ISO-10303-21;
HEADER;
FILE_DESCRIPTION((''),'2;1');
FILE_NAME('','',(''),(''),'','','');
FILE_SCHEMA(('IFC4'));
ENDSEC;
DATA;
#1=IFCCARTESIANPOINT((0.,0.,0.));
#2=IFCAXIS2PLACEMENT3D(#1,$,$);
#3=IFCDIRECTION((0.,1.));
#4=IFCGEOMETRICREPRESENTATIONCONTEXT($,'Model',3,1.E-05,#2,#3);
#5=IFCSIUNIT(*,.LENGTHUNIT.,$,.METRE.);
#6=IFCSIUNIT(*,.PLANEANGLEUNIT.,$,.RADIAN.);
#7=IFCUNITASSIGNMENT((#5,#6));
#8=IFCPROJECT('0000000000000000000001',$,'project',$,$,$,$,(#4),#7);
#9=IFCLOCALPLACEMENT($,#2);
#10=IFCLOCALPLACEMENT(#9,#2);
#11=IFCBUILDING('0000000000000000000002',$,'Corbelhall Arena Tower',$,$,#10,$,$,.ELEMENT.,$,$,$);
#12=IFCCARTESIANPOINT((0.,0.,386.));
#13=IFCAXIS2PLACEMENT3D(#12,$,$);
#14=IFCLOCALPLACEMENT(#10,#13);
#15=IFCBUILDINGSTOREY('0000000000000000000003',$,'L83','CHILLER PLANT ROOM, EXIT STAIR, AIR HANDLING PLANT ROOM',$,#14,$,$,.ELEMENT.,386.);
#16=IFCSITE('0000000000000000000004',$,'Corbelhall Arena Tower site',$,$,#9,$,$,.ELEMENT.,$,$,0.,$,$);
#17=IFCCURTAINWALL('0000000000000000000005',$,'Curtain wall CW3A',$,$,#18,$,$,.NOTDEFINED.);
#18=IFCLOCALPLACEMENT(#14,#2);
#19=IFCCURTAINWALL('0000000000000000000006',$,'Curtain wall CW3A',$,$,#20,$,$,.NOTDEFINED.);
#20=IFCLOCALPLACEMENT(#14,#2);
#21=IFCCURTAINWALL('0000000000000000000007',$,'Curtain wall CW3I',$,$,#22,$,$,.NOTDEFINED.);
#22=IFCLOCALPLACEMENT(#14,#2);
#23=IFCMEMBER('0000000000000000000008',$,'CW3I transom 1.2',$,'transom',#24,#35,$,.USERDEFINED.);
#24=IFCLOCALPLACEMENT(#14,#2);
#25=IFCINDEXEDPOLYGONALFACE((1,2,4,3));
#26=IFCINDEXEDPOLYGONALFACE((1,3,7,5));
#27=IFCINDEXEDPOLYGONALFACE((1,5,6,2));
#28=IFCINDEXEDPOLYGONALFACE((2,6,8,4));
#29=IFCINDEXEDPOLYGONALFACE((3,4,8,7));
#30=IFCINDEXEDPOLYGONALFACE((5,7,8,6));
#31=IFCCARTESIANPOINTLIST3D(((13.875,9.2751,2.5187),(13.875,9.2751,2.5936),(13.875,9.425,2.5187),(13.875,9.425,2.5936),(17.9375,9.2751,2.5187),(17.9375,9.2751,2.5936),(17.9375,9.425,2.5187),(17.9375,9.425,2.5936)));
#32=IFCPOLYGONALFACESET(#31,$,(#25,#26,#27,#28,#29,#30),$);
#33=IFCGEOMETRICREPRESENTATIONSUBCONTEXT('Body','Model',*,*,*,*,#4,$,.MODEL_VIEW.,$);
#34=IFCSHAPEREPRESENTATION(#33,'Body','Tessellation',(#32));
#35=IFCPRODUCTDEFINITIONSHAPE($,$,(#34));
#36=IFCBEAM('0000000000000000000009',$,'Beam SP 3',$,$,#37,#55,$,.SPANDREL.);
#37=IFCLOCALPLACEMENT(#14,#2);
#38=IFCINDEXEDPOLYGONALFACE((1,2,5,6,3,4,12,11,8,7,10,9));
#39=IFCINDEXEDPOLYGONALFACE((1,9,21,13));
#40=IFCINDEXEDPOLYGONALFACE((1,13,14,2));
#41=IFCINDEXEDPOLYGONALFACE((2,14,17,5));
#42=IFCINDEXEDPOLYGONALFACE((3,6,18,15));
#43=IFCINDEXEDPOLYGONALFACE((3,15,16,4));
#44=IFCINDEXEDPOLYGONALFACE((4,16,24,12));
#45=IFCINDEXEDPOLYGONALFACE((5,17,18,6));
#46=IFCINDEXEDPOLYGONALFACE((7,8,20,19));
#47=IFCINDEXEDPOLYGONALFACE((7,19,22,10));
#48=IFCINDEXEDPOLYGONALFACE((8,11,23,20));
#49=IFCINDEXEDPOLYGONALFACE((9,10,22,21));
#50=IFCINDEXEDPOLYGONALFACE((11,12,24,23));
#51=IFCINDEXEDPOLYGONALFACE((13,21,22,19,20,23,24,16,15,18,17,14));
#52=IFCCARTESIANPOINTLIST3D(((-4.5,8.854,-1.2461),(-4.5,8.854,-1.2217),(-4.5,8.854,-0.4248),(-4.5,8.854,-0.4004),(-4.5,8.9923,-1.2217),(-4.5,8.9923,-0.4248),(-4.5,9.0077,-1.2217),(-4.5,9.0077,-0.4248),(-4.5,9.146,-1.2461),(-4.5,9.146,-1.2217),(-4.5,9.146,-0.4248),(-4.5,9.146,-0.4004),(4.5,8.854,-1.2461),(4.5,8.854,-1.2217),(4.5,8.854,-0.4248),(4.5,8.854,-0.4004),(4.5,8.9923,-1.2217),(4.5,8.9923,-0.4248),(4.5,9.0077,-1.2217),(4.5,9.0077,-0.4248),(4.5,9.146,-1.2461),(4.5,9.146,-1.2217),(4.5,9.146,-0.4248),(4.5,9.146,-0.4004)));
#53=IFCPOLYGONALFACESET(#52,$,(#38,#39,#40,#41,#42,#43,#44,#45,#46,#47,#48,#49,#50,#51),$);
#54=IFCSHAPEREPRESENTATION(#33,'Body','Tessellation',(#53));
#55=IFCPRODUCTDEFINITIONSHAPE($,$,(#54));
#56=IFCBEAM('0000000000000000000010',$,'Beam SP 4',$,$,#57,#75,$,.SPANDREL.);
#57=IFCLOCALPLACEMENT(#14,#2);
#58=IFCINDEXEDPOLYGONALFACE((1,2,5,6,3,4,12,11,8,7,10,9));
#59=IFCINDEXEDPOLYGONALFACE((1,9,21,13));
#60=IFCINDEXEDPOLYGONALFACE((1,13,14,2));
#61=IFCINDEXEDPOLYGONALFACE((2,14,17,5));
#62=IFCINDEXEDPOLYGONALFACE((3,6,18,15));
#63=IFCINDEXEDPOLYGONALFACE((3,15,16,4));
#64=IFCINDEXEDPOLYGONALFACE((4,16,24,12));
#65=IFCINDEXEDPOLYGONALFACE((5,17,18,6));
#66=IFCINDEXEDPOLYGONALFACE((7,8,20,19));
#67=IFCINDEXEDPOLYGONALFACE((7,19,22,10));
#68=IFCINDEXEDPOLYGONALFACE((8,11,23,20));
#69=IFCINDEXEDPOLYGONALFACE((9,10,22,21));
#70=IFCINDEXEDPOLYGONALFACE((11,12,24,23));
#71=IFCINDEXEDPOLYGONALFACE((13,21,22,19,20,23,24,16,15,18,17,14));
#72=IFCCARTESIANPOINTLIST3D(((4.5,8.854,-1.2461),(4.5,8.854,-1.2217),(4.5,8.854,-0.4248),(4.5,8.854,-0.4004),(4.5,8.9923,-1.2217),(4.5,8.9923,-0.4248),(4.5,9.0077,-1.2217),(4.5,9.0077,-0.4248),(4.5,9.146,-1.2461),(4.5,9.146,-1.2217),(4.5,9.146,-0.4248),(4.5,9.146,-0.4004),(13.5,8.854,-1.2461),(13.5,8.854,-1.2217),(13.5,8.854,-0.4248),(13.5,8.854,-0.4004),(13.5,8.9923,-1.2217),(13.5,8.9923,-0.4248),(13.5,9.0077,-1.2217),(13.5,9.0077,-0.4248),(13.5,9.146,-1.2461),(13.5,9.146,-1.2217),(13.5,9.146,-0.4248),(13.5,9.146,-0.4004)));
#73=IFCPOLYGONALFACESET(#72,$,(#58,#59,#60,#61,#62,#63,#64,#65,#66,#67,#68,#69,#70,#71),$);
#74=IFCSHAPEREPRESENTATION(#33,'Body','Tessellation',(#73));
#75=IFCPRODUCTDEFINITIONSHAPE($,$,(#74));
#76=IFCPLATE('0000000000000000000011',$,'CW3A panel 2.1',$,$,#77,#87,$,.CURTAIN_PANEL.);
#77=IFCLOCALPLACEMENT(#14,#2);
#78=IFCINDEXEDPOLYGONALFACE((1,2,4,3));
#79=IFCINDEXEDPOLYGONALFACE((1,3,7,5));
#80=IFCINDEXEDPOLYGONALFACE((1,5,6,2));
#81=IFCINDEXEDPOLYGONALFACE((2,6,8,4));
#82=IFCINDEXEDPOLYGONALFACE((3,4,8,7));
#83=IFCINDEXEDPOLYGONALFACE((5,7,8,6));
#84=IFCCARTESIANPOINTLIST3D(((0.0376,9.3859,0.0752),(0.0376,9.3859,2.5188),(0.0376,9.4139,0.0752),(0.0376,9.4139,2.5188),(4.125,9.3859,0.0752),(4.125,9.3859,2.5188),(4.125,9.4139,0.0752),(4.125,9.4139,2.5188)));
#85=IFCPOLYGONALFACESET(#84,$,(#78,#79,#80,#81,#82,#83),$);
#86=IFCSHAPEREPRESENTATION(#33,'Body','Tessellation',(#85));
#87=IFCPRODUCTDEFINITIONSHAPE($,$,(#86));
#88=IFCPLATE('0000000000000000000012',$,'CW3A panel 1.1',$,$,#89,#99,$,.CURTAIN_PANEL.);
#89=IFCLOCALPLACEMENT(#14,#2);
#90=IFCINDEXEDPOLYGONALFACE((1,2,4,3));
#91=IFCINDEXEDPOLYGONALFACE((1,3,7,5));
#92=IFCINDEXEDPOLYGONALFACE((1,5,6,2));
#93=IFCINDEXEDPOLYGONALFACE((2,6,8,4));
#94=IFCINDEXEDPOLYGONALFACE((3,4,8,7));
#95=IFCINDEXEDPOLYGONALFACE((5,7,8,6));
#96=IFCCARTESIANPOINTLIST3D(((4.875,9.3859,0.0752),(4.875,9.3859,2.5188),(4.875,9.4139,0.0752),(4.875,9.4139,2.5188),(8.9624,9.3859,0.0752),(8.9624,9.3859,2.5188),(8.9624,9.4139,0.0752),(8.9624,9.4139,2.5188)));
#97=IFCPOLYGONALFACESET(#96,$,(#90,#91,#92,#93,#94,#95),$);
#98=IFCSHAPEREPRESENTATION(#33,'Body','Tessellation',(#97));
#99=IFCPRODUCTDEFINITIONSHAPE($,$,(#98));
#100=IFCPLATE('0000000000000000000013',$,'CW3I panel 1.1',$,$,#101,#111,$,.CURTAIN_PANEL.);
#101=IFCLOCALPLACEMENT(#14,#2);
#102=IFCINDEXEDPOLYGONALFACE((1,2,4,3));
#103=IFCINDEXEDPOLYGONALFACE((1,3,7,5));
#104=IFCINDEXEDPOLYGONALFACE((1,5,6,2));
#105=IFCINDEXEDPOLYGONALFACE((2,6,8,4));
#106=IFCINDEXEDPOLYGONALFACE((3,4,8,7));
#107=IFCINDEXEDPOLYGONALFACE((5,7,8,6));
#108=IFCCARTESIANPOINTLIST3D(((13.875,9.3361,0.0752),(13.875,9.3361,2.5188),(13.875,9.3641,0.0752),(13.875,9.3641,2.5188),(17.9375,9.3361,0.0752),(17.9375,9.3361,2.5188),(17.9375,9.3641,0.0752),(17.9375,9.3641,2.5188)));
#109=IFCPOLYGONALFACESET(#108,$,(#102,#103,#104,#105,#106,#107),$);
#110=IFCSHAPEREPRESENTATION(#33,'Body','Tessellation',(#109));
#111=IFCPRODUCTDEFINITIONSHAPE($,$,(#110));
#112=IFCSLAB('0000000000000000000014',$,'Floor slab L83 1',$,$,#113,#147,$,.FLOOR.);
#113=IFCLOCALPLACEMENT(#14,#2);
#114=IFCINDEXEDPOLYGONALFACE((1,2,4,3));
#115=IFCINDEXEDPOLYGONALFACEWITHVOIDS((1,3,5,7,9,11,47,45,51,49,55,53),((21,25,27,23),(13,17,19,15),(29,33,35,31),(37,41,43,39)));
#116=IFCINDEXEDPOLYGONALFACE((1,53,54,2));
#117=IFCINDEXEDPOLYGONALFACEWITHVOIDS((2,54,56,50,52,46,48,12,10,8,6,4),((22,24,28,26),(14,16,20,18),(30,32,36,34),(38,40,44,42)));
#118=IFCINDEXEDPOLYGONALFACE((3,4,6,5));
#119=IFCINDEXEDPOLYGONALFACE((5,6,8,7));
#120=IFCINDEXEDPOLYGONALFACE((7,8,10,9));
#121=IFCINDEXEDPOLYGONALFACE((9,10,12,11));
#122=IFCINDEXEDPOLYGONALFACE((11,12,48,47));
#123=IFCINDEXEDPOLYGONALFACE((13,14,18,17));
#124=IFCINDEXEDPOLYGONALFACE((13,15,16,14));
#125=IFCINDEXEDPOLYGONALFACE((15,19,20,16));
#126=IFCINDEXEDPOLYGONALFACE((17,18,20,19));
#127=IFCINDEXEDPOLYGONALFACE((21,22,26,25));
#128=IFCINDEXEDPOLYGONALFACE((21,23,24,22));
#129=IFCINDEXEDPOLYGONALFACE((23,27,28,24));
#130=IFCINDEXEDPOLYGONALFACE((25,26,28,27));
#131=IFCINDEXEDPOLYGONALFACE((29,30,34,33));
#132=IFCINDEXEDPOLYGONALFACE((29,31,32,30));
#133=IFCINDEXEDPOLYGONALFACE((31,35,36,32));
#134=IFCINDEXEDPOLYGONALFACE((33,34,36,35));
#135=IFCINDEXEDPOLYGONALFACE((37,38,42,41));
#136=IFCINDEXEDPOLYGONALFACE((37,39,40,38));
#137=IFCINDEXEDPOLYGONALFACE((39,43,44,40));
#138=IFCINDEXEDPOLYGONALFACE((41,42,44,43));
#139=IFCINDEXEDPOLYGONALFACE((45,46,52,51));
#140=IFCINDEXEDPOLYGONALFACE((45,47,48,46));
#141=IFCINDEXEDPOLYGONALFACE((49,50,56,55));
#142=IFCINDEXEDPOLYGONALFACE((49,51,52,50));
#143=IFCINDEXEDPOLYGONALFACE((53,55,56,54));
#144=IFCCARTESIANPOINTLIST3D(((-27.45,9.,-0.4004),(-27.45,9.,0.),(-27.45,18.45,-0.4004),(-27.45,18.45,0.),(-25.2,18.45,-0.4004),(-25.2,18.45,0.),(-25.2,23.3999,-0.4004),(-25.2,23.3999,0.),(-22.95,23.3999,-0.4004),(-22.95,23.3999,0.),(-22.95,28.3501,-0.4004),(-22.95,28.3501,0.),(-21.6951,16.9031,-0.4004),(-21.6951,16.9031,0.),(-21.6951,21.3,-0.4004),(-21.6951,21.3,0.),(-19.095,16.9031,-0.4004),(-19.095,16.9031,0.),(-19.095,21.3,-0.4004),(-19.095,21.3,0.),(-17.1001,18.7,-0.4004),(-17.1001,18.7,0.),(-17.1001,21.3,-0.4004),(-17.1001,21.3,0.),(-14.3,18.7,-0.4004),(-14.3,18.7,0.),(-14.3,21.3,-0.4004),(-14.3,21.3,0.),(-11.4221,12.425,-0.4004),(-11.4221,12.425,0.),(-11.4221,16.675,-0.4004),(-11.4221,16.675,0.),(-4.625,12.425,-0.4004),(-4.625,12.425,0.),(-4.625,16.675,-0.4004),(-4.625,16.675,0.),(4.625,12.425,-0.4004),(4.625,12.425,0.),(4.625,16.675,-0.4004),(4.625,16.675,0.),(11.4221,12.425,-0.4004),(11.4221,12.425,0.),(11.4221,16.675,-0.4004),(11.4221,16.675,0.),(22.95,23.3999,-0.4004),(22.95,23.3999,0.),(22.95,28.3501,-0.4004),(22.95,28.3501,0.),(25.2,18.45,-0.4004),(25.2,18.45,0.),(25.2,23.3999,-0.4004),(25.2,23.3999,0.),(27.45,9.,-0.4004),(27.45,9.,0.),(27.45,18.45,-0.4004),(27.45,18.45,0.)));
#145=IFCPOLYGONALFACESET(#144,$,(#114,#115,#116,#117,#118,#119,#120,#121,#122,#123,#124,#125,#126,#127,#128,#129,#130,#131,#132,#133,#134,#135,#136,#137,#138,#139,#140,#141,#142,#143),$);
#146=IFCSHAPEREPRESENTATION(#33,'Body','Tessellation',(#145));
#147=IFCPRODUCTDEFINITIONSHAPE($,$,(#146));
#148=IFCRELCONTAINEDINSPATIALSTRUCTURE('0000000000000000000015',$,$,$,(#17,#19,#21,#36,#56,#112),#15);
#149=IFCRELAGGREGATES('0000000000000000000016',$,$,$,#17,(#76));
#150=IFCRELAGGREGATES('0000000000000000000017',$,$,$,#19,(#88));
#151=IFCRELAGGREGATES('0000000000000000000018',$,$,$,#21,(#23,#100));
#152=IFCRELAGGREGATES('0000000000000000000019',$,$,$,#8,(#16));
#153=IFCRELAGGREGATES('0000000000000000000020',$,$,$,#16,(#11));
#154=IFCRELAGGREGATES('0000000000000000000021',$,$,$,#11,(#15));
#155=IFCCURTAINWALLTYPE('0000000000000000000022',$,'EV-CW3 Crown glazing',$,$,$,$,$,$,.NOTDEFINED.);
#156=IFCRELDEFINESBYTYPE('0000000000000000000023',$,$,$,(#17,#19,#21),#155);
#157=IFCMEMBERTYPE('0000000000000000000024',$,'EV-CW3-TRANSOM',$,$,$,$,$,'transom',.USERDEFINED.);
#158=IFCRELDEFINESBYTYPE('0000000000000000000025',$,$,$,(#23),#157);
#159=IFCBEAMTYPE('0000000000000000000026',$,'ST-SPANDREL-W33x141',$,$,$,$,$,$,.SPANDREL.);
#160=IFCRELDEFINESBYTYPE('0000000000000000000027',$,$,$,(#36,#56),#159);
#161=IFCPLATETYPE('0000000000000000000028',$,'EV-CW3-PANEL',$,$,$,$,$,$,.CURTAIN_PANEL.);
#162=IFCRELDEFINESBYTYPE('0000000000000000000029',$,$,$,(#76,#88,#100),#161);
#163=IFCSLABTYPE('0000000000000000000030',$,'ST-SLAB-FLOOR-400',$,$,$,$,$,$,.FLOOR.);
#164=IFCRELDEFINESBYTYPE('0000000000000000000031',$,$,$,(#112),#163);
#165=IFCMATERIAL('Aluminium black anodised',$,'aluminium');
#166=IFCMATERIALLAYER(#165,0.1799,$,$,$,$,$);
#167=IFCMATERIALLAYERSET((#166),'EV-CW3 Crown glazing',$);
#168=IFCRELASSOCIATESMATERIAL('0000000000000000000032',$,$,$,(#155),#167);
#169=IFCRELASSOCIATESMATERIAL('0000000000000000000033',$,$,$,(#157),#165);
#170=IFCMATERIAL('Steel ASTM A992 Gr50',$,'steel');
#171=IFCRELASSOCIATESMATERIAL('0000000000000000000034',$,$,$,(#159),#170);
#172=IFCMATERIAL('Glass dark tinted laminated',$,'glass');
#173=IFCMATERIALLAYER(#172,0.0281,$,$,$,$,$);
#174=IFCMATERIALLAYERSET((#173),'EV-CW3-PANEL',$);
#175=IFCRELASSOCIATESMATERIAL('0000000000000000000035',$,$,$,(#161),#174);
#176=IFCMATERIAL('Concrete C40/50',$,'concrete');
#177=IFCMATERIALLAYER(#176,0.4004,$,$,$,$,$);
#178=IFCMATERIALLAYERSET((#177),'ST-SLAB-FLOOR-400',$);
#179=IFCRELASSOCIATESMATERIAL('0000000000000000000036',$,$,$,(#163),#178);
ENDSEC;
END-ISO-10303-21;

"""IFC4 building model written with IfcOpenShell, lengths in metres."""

from ifc_helpers import new_model, si_unit, direction, frame, origin, origin_2d, place, context, subcontext, project, spatial, polyline, rectangle, i_section, outline, extrude, material, layer, layer_set, material_profile, profile_set, type_object, element, aggregate, save


model = new_model("IFC4")

# Units and contexts
model_context = context("Model", 3, precision=1e-05, world=origin(), true_north=direction((0.0, 1.0)))
body_context = subcontext(model_context, "Body", "Model", "MODEL_VIEW")
ifc_project = project(units=[si_unit("LENGTHUNIT", "METRE"), si_unit("PLANEANGLEUNIT", "RADIAN")], contexts=[model_context])

# Site, building, storey
site_placement = place(None, origin())
site = spatial("IfcSite", under=ifc_project, at=site_placement, Name="Corbelhall Arena Tower site", CompositionType="ELEMENT", RefElevation=0.0)
building_placement = place(site_placement, origin())
building = spatial("IfcBuilding", under=site, at=building_placement, Name="Corbelhall Arena Tower", CompositionType="ELEMENT")
storey_placement = place(building_placement, frame((0.0, 0.0, 386.0)))
storey = spatial("IfcBuildingStorey", under=building, at=storey_placement, Name="L83", Description="CHILLER PLANT ROOM, EXIT STAIR, AIR HANDLING PLANT ROOM", CompositionType="ELEMENT", Elevation=386.0)

# Curtain walls
ifc_material_1 = material(Name="Aluminium black anodised", Category="aluminium")
ifc_layer_1 = layer(ifc_material_1, 0.1799)
ifc_layer_set_1 = layer_set([ifc_layer_1], Name="EV-CW3 Crown glazing")
curtain_wall_type = type_object("IfcCurtainWallType", Name="EV-CW3 Crown glazing", PredefinedType="NOTDEFINED", material=ifc_layer_set_1)
curtain_wall_1_placement = place(storey_placement, origin())
curtain_wall_1 = element("IfcCurtainWall", 1, at=curtain_wall_1_placement, inside=storey, type_object=curtain_wall_type, Name="Curtain wall CW3A", PredefinedType="NOTDEFINED")
curtain_wall_2_placement = place(storey_placement, origin())
curtain_wall_2 = element("IfcCurtainWall", 2, at=curtain_wall_2_placement, inside=storey, type_object=curtain_wall_type, Name="Curtain wall CW3A", PredefinedType="NOTDEFINED")
curtain_wall_3_placement = place(storey_placement, origin())
curtain_wall_3 = element("IfcCurtainWall", 3, at=curtain_wall_3_placement, inside=storey, type_object=curtain_wall_type, Name="Curtain wall CW3I", PredefinedType="NOTDEFINED")

# Member
ifc_material_profile_1 = material_profile(ifc_material_1, rectangle(XDim=0.1499, YDim=0.075, at=origin_2d()))
ifc_profile_set_1 = profile_set([ifc_material_profile_1], Name="Aluminium black anodised")
member_type_1 = type_object("IfcMemberType", Name="EV-CW3-TRANSOM", ElementType="transom", PredefinedType="USERDEFINED", material=ifc_profile_set_1)
member_1_placement = place(storey_placement, frame((13.875, 9.3501, 2.5562), z_axis=(1.0, 0.0, 0.0), x_axis=(0.0, 1.0, 0.0)))
member_1 = element("IfcMember", 4, at=member_1_placement, type_object=member_type_1, Name="CW3I transom 1.2", ObjectType="transom", PredefinedType="USERDEFINED", context=body_context, shape_type="SweptSolid", body=[
    extrude(rectangle(XDim=0.1499, YDim=0.075, at=origin_2d()), origin(), (0.0, 0.0, 1.0), 4.0625),
])

# Beams
ifc_material_2 = material(Name="Steel ASTM A992 Gr50", Category="steel")
ifc_material_profile_2 = material_profile(ifc_material_2, i_section(OverallWidth=0.292, OverallDepth=0.8457, WebThickness=0.0154, FlangeThickness=0.0244, at=origin_2d()))
ifc_profile_set_2 = profile_set([ifc_material_profile_2], Name="Steel ASTM A992 Gr50")
beam_type = type_object("IfcBeamType", Name="ST-SPANDREL-W33x141", PredefinedType="SPANDREL", material=ifc_profile_set_2)
for number, where, z_axis, x_axis, name in (
    (5, (4.5, 9.0, -0.8232), (-1.0, 0.0, 0.0), (0.0, -1.0, 0.0), "Beam SP 3"),
    (6, (13.5, 9.0, -0.8232), (-1.0, 0.0, 0.0), (0.0, -1.0, 0.0), "Beam SP 4"),
):
    element("IfcBeam", number, at=place(storey_placement, frame(where, z_axis=z_axis, x_axis=x_axis)), inside=storey, type_object=beam_type, Name=name, PredefinedType="SPANDREL", context=body_context, shape_type="SweptSolid", body=[
        extrude(i_section(OverallWidth=0.292, OverallDepth=0.8457, WebThickness=0.0154, FlangeThickness=0.0244, at=origin_2d()), origin(), (0.0, 0.0, 1.0), 9.0),
    ])

# Plates
ifc_material_3 = material(Name="Glass dark tinted laminated", Category="glass")
ifc_layer_2 = layer(ifc_material_3, 0.0281)
ifc_layer_set_2 = layer_set([ifc_layer_2], Name="EV-CW3-PANEL")
plate_type = type_object("IfcPlateType", Name="EV-CW3-PANEL", PredefinedType="CURTAIN_PANEL", material=ifc_layer_set_2)
plate_1_placement = place(storey_placement, frame((2.0813, 9.3999, 0.0752), z_axis=(0.0, 0.0, 1.0), x_axis=(1.0, 0.0, 0.0)))
plate_1 = element("IfcPlate", 7, at=plate_1_placement, type_object=plate_type, Name="CW3A panel 2.1", PredefinedType="CURTAIN_PANEL", context=body_context, shape_type="SweptSolid", body=[
    extrude(rectangle(XDim=4.0874, YDim=0.0281, at=origin_2d()), origin(), (0.0, 0.0, 1.0), 2.4436),
])
aggregate(curtain_wall_1, [plate_1])
plate_2_placement = place(storey_placement, frame((6.9187, 9.3999, 0.0752), z_axis=(0.0, 0.0, 1.0), x_axis=(1.0, 0.0, 0.0)))
plate_2 = element("IfcPlate", 8, at=plate_2_placement, type_object=plate_type, Name="CW3A panel 1.1", PredefinedType="CURTAIN_PANEL", context=body_context, shape_type="SweptSolid", body=[
    extrude(rectangle(XDim=4.0874, YDim=0.0281, at=origin_2d()), origin(), (0.0, 0.0, 1.0), 2.4436),
])
aggregate(curtain_wall_2, [plate_2])
plate_3_placement = place(storey_placement, frame((15.9062, 9.3501, 0.0752), z_axis=(0.0, 0.0, 1.0), x_axis=(1.0, 0.0, 0.0)))
plate_3 = element("IfcPlate", 9, at=plate_3_placement, type_object=plate_type, Name="CW3I panel 1.1", PredefinedType="CURTAIN_PANEL", context=body_context, shape_type="SweptSolid", body=[
    extrude(rectangle(XDim=4.0625, YDim=0.0281, at=origin_2d()), origin(), (0.0, 0.0, 1.0), 2.4436),
])
aggregate(curtain_wall_3, [member_1, plate_3])

# Slab
ifc_material_4 = material(Name="Concrete C40/50", Category="concrete")
ifc_layer_3 = layer(ifc_material_4, 0.4004)
ifc_layer_set_3 = layer_set([ifc_layer_3], Name="ST-SLAB-FLOOR-400")
slab_type = type_object("IfcSlabType", Name="ST-SLAB-FLOOR-400", PredefinedType="FLOOR", material=ifc_layer_set_3)
slab_placement = place(storey_placement, frame((0.0, 0.0, -0.4004)))
element("IfcSlab", 10, at=slab_placement, inside=storey, type_object=slab_type, Name="Floor slab L83 1", PredefinedType="FLOOR", context=body_context, shape_type="SweptSolid", body=[
    extrude(outline(polyline([(22.95, 23.3999), (22.95, 28.3501), (-22.95, 28.3501), (-22.95, 23.3999), (-25.2, 23.3999), (-25.2, 18.45), (-27.45, 18.45), (-27.45, 9.0), (27.45, 9.0), (27.45, 18.45), (25.2, 18.45), (25.2, 23.3999), (22.95, 23.3999)]), holes=[polyline([(-11.4221, 12.425), (-4.625, 12.425), (-4.625, 16.675), (-11.4221, 16.675), (-11.4221, 12.425)]), polyline([(11.4221, 12.425), (11.4221, 16.675), (4.625, 16.675), (4.625, 12.425), (11.4221, 12.425)]), polyline([(-21.6951, 21.3), (-21.6951, 16.9031), (-19.095, 16.9031), (-19.095, 21.3), (-21.6951, 21.3)]), polyline([(-14.3, 21.3), (-17.1001, 21.3), (-17.1001, 18.7), (-14.3, 18.7), (-14.3, 21.3)])]), origin(), (0.0, 0.0, 1.0), 0.4004),
])

save(model, "model.ifc")
